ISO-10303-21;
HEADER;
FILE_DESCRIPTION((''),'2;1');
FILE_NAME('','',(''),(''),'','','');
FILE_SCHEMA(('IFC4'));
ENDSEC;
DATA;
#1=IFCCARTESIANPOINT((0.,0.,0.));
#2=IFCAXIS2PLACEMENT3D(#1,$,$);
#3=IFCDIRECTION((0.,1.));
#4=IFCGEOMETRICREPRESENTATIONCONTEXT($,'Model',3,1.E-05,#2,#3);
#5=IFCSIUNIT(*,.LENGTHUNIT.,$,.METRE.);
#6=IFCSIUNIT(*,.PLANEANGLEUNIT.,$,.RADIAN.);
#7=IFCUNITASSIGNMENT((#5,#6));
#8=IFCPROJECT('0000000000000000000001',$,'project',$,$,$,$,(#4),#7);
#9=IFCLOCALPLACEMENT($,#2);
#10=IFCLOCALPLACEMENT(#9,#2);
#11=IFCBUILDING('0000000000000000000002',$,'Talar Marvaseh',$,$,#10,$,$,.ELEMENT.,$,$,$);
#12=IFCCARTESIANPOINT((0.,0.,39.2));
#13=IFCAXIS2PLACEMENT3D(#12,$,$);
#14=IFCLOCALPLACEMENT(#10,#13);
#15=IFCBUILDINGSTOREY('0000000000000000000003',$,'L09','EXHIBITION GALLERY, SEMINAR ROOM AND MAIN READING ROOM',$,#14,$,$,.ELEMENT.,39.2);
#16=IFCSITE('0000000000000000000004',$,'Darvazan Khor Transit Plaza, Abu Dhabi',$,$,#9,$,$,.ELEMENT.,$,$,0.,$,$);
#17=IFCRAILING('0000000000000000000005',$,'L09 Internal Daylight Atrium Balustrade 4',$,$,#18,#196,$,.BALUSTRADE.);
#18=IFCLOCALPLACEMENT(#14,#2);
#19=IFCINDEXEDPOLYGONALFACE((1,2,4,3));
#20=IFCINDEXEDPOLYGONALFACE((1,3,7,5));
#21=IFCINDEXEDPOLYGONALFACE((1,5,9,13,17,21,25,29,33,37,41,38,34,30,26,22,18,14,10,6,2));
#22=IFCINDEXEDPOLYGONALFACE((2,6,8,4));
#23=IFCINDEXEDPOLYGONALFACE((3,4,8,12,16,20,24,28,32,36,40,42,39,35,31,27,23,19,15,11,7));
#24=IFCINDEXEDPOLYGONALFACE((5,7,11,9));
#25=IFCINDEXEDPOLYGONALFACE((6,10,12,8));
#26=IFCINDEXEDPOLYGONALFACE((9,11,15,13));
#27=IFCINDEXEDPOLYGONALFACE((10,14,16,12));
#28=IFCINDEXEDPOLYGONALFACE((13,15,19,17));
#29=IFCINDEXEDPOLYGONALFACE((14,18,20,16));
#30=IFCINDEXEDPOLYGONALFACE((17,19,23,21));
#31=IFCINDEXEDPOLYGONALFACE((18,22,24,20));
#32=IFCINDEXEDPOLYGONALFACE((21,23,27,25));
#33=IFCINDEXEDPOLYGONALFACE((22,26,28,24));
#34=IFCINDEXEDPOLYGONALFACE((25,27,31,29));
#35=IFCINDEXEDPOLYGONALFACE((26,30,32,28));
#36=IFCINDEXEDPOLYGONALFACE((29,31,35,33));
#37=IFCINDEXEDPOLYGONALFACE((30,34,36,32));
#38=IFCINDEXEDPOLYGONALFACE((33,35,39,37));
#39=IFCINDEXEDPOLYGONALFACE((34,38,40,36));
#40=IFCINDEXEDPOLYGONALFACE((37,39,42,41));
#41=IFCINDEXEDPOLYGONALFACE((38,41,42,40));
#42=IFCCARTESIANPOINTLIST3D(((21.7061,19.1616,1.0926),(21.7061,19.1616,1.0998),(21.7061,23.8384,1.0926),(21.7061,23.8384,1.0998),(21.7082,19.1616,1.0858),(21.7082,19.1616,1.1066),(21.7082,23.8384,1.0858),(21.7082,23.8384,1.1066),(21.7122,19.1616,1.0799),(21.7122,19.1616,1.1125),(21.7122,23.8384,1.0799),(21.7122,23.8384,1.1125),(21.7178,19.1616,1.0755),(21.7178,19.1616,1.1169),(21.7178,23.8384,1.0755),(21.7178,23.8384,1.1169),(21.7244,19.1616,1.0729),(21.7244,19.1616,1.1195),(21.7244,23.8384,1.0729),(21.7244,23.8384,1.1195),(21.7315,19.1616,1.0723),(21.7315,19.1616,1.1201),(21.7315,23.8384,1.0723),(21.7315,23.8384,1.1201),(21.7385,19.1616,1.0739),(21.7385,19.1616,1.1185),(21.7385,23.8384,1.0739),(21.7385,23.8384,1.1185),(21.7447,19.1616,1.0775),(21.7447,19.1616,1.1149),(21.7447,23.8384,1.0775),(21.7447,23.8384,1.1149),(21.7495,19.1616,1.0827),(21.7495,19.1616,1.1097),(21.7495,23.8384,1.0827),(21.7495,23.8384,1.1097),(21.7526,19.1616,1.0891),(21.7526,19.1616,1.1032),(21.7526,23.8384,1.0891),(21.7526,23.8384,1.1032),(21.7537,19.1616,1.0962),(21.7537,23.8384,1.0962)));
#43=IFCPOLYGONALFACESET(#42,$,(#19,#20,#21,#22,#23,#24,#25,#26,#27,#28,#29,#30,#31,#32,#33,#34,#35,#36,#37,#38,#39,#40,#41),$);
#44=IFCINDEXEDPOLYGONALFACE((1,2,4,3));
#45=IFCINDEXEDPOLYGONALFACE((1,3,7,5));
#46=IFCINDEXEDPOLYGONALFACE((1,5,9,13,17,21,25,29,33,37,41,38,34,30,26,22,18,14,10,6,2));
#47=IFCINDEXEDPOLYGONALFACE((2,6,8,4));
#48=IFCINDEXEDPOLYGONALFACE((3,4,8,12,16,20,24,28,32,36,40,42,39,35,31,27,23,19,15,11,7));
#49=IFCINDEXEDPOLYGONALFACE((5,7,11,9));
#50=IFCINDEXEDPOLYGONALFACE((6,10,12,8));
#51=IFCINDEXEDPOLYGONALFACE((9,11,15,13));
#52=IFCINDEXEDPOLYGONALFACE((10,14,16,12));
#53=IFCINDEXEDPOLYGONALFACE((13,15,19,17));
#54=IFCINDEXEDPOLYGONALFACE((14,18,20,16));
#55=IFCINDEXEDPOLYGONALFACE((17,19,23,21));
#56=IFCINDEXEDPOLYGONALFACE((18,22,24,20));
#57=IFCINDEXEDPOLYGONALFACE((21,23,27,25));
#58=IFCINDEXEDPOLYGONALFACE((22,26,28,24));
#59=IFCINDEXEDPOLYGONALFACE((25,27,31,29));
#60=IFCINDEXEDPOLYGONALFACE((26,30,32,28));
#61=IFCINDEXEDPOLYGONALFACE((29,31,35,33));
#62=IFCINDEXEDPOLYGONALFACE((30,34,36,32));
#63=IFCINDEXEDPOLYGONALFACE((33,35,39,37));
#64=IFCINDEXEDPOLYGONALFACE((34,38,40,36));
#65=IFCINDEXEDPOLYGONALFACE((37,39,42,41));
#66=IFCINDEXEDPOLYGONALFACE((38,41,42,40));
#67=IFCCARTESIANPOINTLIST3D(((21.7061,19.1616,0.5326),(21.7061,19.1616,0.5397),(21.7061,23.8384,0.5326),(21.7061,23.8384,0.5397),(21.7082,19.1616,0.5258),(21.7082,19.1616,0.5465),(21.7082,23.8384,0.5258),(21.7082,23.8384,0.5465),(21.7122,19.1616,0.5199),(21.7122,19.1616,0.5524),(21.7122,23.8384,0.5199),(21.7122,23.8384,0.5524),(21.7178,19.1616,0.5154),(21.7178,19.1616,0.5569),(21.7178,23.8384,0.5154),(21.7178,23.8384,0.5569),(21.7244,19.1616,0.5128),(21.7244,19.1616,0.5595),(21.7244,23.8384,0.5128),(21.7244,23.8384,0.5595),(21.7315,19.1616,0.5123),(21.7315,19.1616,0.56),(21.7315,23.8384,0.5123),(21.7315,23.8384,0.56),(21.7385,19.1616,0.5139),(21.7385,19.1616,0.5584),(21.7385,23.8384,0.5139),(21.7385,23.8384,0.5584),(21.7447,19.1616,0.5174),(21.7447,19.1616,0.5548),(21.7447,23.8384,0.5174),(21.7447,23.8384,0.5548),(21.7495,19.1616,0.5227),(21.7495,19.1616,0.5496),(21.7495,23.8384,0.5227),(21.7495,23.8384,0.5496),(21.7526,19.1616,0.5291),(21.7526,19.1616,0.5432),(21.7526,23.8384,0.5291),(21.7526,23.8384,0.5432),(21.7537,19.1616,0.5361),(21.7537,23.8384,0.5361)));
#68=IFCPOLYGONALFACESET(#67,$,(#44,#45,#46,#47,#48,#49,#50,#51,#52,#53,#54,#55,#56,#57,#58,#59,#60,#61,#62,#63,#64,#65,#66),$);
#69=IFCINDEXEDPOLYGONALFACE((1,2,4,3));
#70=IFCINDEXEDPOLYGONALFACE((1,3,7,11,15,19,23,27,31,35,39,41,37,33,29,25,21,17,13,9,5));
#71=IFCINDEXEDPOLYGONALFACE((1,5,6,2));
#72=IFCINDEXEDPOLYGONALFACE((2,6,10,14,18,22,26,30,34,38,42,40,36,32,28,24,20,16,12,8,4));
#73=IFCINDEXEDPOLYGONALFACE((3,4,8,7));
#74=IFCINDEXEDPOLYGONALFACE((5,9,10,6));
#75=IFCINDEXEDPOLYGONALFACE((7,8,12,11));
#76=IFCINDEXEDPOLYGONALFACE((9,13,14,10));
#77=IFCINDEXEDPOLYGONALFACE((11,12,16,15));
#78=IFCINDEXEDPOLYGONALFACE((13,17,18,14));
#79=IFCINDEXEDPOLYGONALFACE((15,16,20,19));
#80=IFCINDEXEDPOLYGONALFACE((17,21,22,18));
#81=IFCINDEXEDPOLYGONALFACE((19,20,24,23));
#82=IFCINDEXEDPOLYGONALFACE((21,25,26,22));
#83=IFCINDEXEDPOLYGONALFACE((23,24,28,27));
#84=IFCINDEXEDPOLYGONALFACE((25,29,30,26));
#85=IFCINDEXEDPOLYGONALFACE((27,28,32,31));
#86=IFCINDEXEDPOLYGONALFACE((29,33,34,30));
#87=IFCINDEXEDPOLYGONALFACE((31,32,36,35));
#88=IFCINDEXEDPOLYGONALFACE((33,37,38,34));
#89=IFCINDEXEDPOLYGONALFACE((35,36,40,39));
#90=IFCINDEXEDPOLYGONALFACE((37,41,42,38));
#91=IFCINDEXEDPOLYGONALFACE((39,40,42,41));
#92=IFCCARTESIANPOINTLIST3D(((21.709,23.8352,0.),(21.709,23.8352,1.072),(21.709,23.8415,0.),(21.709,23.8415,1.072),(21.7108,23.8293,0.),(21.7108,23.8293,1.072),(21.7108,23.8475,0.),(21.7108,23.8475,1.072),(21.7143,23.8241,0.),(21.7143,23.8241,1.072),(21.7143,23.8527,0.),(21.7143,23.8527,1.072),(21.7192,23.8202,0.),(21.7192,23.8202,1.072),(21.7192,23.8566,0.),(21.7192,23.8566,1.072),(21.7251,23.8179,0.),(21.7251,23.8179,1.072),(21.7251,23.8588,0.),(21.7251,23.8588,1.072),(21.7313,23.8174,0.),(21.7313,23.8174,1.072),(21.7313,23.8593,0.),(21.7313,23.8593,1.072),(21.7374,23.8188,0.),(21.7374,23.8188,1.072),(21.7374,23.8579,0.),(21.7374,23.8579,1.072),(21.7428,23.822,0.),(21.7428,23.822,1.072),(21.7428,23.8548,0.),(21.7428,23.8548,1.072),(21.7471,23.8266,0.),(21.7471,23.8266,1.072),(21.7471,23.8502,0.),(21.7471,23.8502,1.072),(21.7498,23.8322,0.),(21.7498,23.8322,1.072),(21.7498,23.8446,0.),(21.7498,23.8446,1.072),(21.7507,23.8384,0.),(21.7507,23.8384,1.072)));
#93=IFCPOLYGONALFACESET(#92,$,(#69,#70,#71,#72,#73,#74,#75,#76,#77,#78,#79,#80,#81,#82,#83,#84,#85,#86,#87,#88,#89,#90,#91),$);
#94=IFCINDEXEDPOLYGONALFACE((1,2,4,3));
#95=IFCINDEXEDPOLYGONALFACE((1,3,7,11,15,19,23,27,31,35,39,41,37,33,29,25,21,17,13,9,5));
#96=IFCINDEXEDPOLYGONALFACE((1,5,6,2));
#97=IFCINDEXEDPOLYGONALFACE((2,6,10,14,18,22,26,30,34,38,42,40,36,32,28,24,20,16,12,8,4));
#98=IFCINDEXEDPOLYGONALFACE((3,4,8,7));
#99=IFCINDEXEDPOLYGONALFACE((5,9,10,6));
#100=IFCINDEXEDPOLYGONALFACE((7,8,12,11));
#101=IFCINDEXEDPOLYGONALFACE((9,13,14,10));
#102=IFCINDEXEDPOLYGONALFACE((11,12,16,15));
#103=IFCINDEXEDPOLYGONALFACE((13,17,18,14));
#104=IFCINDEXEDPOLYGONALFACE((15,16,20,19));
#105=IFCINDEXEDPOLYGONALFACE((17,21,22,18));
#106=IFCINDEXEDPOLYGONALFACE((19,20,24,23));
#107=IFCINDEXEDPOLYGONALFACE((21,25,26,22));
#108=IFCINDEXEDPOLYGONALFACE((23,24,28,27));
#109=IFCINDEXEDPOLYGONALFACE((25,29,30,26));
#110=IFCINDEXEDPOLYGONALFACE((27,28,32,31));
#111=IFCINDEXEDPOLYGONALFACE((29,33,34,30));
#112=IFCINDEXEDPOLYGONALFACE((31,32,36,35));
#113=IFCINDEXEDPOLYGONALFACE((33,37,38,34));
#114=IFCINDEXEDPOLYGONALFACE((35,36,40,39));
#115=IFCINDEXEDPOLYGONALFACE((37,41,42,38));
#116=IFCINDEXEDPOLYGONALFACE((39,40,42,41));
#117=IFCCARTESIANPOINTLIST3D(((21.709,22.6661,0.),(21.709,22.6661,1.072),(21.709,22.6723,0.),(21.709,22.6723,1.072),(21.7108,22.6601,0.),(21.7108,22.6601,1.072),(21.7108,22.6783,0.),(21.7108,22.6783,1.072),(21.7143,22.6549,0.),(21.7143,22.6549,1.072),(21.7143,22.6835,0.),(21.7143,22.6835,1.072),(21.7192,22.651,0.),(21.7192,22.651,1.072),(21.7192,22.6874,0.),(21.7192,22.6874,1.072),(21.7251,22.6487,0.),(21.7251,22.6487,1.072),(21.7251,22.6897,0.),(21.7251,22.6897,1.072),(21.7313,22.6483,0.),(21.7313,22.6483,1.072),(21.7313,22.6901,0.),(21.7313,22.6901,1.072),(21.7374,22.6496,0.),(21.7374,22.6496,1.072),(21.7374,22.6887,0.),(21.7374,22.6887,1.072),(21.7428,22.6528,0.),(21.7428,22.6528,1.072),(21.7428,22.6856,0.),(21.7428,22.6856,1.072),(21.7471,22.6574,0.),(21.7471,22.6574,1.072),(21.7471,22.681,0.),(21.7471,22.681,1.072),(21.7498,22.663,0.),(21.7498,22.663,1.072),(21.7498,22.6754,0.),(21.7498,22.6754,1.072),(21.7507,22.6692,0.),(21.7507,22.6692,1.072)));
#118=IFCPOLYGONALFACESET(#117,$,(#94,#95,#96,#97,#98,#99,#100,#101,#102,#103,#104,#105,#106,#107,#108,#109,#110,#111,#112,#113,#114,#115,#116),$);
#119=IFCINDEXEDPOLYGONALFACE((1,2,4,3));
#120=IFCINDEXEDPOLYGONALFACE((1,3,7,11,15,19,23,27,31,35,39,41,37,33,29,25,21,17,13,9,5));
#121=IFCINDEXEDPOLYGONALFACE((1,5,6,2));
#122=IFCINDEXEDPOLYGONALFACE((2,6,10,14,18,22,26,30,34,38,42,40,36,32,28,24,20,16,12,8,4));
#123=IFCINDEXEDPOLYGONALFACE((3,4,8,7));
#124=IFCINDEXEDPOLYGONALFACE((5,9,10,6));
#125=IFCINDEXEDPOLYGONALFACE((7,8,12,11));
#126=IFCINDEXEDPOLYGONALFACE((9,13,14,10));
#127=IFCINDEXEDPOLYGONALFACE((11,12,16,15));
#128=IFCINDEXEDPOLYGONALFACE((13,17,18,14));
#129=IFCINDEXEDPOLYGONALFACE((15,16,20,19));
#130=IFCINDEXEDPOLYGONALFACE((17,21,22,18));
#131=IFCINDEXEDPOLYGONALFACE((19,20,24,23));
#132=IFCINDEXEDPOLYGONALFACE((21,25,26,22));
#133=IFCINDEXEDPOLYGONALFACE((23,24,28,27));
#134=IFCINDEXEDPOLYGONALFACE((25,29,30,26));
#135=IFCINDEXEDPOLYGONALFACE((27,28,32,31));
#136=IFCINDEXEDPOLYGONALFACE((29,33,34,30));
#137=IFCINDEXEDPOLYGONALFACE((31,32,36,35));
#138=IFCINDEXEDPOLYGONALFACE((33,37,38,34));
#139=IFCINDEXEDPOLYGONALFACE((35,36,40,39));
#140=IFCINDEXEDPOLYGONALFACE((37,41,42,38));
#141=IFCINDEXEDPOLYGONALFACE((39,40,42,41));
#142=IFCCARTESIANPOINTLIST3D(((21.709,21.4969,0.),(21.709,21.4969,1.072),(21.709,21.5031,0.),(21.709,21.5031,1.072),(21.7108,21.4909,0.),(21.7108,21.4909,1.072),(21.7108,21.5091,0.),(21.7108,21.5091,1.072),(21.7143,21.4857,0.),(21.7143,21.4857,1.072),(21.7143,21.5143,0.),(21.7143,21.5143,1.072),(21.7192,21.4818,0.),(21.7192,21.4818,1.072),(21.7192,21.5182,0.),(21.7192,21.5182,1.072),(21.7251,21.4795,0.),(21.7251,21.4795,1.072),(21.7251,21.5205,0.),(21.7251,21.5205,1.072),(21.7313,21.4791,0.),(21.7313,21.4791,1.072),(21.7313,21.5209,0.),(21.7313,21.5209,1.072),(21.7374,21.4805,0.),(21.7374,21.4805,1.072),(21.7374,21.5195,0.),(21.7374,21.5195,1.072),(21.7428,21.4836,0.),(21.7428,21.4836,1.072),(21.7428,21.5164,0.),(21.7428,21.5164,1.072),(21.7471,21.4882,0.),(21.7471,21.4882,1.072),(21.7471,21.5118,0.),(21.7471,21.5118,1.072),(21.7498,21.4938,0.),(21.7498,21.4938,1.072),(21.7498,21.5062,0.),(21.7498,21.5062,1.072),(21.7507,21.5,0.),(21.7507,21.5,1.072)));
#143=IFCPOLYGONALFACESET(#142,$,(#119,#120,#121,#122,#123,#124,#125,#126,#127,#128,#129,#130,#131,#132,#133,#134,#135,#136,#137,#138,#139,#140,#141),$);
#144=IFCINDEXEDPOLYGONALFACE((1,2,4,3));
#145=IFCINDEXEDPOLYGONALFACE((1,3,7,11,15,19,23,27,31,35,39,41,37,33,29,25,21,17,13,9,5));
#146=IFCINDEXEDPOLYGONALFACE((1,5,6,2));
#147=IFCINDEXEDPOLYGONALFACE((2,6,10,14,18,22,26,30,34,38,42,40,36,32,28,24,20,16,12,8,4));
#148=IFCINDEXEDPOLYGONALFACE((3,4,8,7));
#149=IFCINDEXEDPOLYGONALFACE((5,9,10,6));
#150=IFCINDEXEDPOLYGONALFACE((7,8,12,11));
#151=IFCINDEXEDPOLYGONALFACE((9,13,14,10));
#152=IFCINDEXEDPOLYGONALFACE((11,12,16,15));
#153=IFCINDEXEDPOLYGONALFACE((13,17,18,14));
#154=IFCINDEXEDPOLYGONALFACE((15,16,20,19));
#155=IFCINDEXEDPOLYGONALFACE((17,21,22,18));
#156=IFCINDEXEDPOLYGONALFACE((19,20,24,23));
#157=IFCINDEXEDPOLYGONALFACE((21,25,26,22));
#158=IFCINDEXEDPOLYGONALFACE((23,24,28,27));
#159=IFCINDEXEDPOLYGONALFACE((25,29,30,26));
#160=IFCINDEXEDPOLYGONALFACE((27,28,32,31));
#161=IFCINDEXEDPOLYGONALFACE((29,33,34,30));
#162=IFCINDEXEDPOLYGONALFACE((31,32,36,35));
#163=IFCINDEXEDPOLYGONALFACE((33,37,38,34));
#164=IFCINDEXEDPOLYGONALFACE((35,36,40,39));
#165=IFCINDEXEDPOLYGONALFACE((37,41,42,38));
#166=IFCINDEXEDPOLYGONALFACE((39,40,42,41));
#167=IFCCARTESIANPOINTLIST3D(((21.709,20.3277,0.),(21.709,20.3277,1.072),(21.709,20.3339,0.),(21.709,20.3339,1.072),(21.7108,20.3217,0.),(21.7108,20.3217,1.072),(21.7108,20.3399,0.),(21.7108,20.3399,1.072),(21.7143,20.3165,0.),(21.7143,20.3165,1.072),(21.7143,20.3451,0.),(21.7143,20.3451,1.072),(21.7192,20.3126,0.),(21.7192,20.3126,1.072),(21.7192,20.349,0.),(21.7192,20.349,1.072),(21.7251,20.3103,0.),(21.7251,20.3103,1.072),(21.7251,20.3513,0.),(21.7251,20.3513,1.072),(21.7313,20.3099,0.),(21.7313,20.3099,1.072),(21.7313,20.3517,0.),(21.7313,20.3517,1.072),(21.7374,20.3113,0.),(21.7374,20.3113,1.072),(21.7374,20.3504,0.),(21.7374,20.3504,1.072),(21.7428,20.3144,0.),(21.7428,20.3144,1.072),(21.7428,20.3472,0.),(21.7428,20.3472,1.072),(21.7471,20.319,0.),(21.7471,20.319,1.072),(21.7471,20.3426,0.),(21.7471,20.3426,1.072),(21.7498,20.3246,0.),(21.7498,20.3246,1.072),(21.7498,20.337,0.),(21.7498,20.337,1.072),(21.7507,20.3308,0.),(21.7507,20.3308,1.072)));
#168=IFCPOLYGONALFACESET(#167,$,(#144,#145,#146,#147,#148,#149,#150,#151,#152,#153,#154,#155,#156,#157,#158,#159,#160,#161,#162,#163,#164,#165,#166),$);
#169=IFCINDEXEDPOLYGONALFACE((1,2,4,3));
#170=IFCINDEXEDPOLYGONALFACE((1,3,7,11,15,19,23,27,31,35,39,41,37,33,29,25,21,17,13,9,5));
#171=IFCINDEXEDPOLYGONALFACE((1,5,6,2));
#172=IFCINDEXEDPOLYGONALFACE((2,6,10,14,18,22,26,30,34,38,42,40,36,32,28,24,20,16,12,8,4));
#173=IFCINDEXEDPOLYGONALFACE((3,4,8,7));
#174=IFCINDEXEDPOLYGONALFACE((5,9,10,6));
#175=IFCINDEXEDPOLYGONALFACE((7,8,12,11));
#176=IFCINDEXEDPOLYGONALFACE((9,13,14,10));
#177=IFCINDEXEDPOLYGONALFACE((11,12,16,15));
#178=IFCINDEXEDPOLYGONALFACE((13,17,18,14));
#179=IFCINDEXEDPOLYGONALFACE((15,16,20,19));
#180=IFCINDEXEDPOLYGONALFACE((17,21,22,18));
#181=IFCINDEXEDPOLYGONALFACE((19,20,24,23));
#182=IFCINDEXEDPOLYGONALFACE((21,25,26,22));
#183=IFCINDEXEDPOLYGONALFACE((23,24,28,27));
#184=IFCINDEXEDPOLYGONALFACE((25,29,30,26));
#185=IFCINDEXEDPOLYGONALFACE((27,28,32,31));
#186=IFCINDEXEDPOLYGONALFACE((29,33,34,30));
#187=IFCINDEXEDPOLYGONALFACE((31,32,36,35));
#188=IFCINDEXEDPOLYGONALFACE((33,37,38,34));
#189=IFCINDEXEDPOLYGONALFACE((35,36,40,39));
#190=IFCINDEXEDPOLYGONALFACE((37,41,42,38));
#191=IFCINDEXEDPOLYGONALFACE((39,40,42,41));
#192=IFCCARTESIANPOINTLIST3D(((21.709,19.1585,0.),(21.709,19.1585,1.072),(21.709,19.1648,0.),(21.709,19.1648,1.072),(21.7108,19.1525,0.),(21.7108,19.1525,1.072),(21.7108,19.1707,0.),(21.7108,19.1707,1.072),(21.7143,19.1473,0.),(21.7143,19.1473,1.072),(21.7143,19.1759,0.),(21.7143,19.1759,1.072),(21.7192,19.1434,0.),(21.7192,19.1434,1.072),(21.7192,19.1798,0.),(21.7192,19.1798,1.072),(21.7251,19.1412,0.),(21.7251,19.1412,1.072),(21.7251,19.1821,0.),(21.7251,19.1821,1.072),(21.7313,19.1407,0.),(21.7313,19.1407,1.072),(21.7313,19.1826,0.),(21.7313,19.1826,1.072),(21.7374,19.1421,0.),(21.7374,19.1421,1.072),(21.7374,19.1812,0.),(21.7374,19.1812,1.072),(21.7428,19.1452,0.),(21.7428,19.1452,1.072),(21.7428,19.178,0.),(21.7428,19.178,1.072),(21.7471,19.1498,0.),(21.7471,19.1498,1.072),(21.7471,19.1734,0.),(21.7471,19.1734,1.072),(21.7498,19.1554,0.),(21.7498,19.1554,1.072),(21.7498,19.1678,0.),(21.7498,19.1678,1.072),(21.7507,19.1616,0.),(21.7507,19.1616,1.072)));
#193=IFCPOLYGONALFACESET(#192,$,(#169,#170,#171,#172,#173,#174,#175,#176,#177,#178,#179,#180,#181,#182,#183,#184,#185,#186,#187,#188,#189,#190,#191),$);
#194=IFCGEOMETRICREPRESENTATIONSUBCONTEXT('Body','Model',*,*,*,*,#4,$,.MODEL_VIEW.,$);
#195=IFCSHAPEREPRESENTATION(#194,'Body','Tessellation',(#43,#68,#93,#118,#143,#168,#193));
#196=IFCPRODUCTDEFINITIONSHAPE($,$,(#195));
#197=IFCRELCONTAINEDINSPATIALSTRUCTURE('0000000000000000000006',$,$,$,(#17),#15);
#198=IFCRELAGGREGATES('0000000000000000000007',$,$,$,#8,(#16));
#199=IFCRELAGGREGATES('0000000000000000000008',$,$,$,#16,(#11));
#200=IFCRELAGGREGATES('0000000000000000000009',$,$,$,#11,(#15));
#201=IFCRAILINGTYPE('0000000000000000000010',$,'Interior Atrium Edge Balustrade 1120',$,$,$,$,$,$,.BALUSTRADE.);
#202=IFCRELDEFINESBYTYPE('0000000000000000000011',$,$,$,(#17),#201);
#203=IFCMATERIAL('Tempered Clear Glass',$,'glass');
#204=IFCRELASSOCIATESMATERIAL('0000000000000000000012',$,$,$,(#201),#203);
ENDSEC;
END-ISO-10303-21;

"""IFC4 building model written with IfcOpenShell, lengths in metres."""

from ifc_helpers import new_model, si_unit, direction, frame, origin, origin_2d, place, context, subcontext, project, spatial, circle, extrude, material, type_object, element, save


model = new_model("IFC4")

# Units and contexts
model_context = context("Model", 3, precision=1e-05, world=origin(), true_north=direction((0.0, 1.0)))
body_context = subcontext(model_context, "Body", "Model", "MODEL_VIEW")
ifc_project = project(units=[si_unit("LENGTHUNIT", "METRE"), si_unit("PLANEANGLEUNIT", "RADIAN")], contexts=[model_context])

# Site, building, storey
site_placement = place(None, origin())
site = spatial("IfcSite", under=ifc_project, at=site_placement, Name="Darvazan Khor Transit Plaza, Abu Dhabi", CompositionType="ELEMENT", RefElevation=0.0)
building_placement = place(site_placement, origin())
building = spatial("IfcBuilding", under=site, at=building_placement, Name="Talar Marvaseh", CompositionType="ELEMENT")
storey_placement = place(building_placement, frame((0.0, 0.0, 39.2)))
storey = spatial("IfcBuildingStorey", under=building, at=storey_placement, Name="L09", Description="EXHIBITION GALLERY, SEMINAR ROOM AND MAIN READING ROOM", CompositionType="ELEMENT", Elevation=39.2)

# Railing
ifc_material_1 = material(Name="Tempered Clear Glass", Category="glass")
railing_type_1 = type_object("IfcRailingType", Name="Interior Atrium Edge Balustrade 1120", PredefinedType="BALUSTRADE", material=ifc_material_1)
railing_1_placement = place(storey_placement, frame((21.7297, 23.8384, 0.0)))
element("IfcRailing", 1, at=railing_1_placement, inside=storey, type_object=railing_type_1, Name="L09 Internal Daylight Atrium Balustrade 4", PredefinedType="BALUSTRADE", context=body_context, shape_type="SweptSolid", body=[
    extrude(circle(Radius=0.0239, at=origin_2d()), frame((0.0, 0.0, 1.0962), z_axis=(0.0, -1.0, 0.0), x_axis=(1.0, 0.0, 0.0)), (0.0, 0.0, 1.0), 4.6768),
    extrude(circle(Radius=0.0239, at=origin_2d()), frame((0.0, 0.0, 0.5361), z_axis=(0.0, -1.0, 0.0), x_axis=(1.0, 0.0, 0.0)), (0.0, 0.0, 1.0), 4.6768),
    extrude(circle(Radius=0.021, at=origin_2d()), origin(), (0.0, 0.0, 1.0), 1.072),
    extrude(circle(Radius=0.021, at=origin_2d()), frame((0.0, -1.1692, 0.0)), (0.0, 0.0, 1.0), 1.072),
    extrude(circle(Radius=0.021, at=origin_2d()), frame((0.0, -2.3384, 0.0)), (0.0, 0.0, 1.0), 1.072),
    extrude(circle(Radius=0.021, at=origin_2d()), frame((0.0, -3.5076, 0.0)), (0.0, 0.0, 1.0), 1.072),
    extrude(circle(Radius=0.021, at=origin_2d()), frame((0.0, -4.6768, 0.0)), (0.0, 0.0, 1.0), 1.072),
])

save(model, "model.ifc")
